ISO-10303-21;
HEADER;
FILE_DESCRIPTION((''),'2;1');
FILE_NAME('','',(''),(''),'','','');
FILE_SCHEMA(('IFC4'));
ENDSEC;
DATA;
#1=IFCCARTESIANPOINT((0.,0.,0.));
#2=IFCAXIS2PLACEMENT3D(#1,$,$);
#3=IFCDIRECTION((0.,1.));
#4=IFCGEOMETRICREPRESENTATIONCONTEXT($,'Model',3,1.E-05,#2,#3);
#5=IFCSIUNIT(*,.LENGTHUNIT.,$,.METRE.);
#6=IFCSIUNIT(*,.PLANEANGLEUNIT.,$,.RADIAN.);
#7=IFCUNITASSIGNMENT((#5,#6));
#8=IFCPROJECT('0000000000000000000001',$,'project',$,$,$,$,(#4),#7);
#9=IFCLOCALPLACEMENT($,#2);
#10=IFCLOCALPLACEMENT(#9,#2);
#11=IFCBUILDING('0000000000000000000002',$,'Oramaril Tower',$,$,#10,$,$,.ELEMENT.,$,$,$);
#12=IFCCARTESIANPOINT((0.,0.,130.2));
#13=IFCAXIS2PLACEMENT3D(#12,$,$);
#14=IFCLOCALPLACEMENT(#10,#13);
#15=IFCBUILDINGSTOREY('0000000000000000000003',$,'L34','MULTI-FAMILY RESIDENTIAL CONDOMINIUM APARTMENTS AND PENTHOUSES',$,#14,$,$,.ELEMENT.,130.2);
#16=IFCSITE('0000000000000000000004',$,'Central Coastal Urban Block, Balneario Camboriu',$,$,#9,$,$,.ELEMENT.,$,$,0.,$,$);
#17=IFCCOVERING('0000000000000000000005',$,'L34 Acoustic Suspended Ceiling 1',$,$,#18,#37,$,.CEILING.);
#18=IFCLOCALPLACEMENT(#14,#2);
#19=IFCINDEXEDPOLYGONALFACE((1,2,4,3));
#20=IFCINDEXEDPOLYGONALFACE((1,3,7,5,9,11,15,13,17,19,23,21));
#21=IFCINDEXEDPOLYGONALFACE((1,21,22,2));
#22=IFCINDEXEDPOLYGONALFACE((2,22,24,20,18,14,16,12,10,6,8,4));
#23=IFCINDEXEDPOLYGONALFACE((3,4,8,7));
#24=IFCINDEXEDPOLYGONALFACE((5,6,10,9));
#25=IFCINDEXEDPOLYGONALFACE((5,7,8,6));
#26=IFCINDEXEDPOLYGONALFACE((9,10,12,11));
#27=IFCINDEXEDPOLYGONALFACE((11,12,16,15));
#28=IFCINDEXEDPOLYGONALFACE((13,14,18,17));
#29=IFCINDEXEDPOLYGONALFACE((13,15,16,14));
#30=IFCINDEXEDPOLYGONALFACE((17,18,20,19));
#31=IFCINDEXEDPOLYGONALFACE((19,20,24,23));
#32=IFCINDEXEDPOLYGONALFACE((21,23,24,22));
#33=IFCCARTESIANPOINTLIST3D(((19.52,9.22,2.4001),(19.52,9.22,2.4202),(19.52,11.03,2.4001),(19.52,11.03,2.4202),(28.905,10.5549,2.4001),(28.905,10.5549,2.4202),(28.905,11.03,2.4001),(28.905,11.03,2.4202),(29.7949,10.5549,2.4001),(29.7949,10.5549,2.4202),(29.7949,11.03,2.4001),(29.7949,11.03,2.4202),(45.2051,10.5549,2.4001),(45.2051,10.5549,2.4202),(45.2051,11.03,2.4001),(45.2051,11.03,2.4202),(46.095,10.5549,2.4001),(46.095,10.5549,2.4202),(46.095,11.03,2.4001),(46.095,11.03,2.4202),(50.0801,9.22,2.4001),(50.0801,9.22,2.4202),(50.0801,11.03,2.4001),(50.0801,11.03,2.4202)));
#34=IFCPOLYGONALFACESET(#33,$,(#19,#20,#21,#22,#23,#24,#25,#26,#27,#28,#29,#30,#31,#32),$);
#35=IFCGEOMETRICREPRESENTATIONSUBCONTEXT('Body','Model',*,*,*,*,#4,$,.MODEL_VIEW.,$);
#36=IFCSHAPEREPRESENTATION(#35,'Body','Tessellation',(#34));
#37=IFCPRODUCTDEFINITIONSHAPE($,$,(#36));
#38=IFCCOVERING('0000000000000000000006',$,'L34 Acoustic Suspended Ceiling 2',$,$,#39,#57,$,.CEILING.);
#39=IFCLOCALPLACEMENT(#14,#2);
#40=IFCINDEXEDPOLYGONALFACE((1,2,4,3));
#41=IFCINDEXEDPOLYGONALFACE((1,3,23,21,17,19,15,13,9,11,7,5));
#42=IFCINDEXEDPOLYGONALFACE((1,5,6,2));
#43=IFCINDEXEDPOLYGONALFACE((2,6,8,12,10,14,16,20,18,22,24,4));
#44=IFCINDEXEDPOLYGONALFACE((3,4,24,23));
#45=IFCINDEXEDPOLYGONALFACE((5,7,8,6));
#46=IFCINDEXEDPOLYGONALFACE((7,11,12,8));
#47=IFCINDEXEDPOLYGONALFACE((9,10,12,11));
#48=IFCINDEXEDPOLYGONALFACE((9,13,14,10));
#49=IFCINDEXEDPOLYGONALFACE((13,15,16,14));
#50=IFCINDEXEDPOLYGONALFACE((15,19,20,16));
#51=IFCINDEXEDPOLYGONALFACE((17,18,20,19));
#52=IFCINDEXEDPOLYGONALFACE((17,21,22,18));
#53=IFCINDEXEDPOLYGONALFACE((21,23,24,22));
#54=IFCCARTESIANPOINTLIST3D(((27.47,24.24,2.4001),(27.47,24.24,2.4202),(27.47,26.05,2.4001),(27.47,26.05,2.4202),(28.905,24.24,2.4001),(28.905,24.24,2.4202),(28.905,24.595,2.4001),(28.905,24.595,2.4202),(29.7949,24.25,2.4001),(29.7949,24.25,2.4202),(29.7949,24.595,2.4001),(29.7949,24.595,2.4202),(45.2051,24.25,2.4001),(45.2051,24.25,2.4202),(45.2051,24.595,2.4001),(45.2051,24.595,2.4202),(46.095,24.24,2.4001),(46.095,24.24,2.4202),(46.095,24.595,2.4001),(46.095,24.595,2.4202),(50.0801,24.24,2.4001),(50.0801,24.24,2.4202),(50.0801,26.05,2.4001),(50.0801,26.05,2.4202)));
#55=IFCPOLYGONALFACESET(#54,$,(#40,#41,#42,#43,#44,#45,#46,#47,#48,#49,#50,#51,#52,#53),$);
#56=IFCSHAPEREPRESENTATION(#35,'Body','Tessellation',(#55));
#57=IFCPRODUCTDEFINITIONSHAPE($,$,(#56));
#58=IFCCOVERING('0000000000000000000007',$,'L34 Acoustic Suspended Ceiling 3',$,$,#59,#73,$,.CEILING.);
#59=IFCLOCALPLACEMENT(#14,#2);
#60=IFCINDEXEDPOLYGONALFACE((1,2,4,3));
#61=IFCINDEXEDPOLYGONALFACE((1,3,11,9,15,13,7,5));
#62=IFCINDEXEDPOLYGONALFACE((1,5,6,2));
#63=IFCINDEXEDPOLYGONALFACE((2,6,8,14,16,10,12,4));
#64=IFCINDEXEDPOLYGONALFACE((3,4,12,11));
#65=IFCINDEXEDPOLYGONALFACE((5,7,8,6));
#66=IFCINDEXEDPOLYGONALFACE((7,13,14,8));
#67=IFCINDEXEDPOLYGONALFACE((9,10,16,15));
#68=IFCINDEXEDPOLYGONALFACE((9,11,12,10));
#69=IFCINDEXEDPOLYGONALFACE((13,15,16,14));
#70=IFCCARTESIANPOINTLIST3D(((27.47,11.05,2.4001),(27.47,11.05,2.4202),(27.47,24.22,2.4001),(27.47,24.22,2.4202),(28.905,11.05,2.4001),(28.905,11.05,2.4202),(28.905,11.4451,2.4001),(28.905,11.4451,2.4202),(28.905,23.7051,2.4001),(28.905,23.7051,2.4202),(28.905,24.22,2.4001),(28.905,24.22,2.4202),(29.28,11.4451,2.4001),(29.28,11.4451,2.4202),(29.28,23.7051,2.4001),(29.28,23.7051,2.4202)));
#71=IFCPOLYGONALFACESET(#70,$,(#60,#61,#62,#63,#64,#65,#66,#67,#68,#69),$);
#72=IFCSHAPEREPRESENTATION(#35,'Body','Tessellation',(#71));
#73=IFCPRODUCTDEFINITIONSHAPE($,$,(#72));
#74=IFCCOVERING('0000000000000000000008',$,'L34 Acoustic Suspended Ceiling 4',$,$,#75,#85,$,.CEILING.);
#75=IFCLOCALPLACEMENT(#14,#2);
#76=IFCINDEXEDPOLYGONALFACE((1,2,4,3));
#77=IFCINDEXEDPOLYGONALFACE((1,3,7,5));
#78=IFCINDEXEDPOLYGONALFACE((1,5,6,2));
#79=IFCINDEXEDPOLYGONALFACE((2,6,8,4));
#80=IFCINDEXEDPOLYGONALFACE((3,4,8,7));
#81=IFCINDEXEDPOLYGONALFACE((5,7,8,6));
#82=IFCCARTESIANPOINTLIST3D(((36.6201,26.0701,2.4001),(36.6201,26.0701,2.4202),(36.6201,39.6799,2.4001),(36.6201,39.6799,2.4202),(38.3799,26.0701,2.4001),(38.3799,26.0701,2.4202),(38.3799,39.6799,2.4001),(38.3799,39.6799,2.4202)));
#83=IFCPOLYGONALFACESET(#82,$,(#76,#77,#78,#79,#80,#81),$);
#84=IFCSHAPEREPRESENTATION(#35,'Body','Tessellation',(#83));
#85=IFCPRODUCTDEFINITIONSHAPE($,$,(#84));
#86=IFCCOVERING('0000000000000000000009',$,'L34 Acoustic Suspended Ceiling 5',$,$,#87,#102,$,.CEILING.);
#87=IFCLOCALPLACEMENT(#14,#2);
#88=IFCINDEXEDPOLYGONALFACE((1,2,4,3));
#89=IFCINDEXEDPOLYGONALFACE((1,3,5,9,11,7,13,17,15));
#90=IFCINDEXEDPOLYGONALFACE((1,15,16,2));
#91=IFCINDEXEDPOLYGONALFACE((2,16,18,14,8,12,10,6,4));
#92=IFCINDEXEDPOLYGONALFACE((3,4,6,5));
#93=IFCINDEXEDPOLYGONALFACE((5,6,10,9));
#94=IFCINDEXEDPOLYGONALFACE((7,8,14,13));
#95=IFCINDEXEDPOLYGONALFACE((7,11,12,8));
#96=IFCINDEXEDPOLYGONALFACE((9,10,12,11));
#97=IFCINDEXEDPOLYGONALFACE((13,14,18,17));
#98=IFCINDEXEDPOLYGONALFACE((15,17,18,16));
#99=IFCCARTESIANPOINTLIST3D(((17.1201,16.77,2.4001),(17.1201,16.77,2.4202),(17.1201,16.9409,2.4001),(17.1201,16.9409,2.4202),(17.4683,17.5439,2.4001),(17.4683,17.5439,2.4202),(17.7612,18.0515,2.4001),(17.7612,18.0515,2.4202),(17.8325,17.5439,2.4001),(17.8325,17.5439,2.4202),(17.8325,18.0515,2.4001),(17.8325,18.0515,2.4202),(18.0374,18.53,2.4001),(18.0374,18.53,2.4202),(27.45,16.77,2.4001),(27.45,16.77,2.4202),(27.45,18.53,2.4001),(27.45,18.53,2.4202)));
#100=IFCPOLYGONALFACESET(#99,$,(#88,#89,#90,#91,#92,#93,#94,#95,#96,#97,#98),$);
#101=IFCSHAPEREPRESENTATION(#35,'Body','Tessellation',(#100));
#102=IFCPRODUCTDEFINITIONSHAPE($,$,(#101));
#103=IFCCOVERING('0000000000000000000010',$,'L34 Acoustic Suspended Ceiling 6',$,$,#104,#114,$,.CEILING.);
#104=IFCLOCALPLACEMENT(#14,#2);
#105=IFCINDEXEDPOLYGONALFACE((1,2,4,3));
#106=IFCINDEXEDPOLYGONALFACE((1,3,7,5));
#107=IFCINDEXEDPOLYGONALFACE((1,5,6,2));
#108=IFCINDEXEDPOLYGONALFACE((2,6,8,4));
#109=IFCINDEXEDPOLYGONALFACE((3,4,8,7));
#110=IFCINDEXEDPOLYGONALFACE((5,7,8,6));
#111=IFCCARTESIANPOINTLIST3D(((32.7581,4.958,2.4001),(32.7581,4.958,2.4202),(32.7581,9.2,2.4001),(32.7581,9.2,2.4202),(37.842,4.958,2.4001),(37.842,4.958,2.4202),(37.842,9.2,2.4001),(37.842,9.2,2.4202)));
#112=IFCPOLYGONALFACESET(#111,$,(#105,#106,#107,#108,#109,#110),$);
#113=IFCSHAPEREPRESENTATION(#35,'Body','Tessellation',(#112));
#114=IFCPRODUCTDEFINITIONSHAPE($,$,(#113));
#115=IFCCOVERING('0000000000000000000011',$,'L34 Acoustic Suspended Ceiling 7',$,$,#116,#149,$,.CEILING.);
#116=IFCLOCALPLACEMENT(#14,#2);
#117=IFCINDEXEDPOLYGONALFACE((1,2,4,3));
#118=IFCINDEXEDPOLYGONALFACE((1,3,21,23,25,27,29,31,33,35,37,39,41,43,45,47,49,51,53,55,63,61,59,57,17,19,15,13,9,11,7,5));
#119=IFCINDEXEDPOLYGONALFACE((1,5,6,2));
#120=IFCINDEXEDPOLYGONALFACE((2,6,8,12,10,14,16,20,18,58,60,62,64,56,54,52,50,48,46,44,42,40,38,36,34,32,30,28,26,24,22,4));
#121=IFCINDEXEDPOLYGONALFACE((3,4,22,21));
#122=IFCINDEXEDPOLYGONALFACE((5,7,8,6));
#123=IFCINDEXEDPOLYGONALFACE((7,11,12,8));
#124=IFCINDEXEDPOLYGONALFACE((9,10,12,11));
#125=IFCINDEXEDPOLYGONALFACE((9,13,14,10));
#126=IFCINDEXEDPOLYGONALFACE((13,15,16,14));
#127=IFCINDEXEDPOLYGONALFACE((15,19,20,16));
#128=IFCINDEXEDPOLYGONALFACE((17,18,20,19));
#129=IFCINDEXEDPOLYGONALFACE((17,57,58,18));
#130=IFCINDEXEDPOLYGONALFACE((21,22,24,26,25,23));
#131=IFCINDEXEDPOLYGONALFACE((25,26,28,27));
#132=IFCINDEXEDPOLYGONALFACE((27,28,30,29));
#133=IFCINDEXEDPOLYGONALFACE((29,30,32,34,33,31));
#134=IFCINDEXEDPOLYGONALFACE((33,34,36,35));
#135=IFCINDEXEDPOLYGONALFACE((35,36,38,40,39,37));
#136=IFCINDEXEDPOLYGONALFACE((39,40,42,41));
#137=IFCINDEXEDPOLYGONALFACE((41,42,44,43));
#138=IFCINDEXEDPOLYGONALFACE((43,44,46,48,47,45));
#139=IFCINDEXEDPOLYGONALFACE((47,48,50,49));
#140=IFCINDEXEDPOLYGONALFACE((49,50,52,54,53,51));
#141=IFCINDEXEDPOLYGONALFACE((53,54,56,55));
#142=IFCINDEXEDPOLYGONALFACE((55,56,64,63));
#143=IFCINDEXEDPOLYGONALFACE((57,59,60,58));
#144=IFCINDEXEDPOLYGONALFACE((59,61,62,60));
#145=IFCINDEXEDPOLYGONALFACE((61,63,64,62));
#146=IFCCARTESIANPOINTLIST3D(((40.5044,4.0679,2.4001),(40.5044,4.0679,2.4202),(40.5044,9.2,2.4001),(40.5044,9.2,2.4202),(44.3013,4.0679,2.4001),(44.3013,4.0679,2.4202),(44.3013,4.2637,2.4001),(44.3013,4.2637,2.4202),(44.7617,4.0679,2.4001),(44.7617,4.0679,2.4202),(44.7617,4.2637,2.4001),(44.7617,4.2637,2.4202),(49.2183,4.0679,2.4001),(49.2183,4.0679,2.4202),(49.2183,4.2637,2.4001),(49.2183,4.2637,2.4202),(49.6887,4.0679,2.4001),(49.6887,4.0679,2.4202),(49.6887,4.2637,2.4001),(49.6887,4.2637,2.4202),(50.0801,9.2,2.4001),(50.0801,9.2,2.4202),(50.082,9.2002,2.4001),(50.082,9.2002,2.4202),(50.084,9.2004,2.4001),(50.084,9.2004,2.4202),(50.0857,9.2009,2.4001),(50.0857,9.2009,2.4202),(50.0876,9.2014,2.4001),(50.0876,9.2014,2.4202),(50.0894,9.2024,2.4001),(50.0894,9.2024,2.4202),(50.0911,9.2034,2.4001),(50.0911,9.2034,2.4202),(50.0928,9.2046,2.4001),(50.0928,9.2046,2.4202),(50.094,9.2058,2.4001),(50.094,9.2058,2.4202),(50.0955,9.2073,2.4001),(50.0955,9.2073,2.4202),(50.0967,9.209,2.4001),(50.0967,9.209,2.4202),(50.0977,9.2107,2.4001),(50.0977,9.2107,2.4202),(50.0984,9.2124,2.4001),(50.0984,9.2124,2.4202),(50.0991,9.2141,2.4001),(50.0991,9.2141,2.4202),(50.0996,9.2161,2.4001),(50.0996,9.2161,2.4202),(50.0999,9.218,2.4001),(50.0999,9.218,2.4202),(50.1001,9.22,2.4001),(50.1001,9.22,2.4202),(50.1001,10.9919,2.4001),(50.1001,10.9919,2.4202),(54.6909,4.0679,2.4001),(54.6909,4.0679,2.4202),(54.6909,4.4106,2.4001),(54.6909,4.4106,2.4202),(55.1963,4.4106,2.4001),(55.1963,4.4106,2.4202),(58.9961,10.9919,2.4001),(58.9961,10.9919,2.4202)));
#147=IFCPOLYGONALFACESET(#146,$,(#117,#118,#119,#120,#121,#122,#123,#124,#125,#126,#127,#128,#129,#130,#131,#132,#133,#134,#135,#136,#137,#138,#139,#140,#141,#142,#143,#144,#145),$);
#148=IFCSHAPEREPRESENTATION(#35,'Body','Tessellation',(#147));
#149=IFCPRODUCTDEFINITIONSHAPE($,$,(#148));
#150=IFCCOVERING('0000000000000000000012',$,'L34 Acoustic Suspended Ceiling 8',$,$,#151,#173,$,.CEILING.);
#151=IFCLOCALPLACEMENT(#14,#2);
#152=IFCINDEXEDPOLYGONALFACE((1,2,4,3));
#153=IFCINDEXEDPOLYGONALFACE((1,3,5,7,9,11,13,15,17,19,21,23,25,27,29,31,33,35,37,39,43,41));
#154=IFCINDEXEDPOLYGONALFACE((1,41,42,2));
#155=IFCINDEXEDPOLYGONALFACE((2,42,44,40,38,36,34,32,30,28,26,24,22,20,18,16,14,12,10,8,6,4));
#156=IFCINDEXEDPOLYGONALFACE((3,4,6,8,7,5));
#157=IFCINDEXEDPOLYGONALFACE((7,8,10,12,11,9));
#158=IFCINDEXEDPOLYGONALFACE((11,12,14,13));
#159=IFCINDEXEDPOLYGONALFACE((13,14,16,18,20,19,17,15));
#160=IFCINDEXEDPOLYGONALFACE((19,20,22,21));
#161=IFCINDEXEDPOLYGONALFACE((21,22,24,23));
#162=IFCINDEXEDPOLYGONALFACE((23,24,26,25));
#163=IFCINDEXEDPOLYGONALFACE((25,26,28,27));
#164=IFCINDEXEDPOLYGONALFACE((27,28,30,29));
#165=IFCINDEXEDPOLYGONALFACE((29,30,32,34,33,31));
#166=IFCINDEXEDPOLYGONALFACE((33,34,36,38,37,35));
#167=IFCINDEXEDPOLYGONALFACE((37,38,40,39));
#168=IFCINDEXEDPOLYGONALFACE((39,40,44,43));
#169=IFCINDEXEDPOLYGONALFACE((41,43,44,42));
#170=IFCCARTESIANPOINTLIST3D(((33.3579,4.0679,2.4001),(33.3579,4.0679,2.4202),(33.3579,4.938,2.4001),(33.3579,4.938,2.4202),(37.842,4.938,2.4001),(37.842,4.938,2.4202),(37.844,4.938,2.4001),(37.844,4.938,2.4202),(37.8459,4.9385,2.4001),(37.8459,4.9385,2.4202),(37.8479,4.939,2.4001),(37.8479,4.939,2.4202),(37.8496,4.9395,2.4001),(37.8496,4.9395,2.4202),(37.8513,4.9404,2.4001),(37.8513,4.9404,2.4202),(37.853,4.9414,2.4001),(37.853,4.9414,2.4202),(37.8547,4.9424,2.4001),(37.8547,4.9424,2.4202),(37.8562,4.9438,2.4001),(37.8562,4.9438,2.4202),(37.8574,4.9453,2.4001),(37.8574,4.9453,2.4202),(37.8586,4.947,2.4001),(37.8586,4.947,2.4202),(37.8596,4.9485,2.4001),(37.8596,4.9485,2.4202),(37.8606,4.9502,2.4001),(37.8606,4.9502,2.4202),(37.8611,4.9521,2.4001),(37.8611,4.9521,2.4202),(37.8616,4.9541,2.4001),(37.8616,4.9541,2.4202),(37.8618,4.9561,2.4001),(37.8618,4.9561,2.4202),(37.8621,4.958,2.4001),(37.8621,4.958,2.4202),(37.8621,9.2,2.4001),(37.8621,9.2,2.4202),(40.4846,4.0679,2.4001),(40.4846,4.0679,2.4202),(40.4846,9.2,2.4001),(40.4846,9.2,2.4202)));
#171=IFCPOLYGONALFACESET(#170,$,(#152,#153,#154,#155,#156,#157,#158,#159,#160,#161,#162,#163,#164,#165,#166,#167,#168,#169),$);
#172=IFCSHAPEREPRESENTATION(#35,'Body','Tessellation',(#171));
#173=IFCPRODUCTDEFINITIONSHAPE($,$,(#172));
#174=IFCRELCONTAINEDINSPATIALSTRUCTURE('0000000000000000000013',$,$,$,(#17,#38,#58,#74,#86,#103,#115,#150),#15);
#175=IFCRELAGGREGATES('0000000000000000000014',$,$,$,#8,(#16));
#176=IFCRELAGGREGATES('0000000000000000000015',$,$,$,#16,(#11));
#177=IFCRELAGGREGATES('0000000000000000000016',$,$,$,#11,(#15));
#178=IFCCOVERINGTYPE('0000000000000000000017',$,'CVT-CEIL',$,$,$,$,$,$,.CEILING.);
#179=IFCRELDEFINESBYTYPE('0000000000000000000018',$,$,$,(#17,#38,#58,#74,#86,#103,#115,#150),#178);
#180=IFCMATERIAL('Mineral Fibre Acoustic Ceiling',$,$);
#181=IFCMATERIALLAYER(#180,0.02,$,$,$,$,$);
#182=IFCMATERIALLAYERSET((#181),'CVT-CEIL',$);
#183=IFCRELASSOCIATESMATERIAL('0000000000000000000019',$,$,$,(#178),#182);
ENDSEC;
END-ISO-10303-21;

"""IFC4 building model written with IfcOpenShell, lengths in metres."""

from ifc_helpers import new_model, si_unit, direction, frame, origin, place, context, subcontext, project, spatial, polyline, outline, extrude, material, layer, layer_set, type_object, element, save


model = new_model("IFC4")

# Units and contexts
model_context = context("Model", 3, precision=1e-05, world=origin(), true_north=direction((0.0, 1.0)))
body_context = subcontext(model_context, "Body", "Model", "MODEL_VIEW")
ifc_project = project(units=[si_unit("LENGTHUNIT", "METRE"), si_unit("PLANEANGLEUNIT", "RADIAN")], contexts=[model_context])

# Site, building, storey
site_placement = place(None, origin())
site = spatial("IfcSite", under=ifc_project, at=site_placement, Name="Central Coastal Urban Block, Balneario Camboriu", CompositionType="ELEMENT", RefElevation=0.0)
building_placement = place(site_placement, origin())
building = spatial("IfcBuilding", under=site, at=building_placement, Name="Oramaril Tower", CompositionType="ELEMENT")
storey_placement = place(building_placement, frame((0.0, 0.0, 130.2)))
storey = spatial("IfcBuildingStorey", under=building, at=storey_placement, Name="L34", Description="MULTI-FAMILY RESIDENTIAL CONDOMINIUM APARTMENTS AND PENTHOUSES", CompositionType="ELEMENT", Elevation=130.2)

# Coverings
ifc_material_1 = material(Name="Mineral Fibre Acoustic Ceiling")
ifc_layer_1 = layer(ifc_material_1, 0.02)
ifc_layer_set_1 = layer_set([ifc_layer_1], Name="CVT-CEIL")
covering_type_1 = type_object("IfcCoveringType", Name="CVT-CEIL", PredefinedType="CEILING", material=ifc_layer_set_1)
covering_1_placement = place(storey_placement, frame((0.0, 0.0, 2.4001)))
element("IfcCovering", 1, at=covering_1_placement, inside=storey, type_object=covering_type_1, Name="L34 Acoustic Suspended Ceiling 1", PredefinedType="CEILING", context=body_context, shape_type="SweptSolid", body=[
    extrude(outline(polyline([(28.905, 10.5549), (29.7949, 10.5549), (29.7949, 11.03), (45.2051, 11.03), (45.2051, 10.5549), (46.095, 10.5549), (46.095, 11.03), (50.0801, 11.03), (50.0801, 9.22), (19.52, 9.22), (19.52, 11.03), (28.905, 11.03), (28.905, 10.5549)])), origin(), (0.0, 0.0, 1.0), 0.02),
])
covering_2_placement = place(storey_placement, frame((0.0, 0.0, 2.4001)))
element("IfcCovering", 2, at=covering_2_placement, inside=storey, type_object=covering_type_1, Name="L34 Acoustic Suspended Ceiling 2", PredefinedType="CEILING", context=body_context, shape_type="SweptSolid", body=[
    extrude(outline(polyline([(50.0801, 24.24), (46.095, 24.24), (46.095, 24.595), (45.2051, 24.595), (45.2051, 24.25), (29.7949, 24.25), (29.7949, 24.595), (28.905, 24.595), (28.905, 24.24), (27.47, 24.24), (27.47, 26.05), (50.0801, 26.05), (50.0801, 24.24)])), origin(), (0.0, 0.0, 1.0), 0.02),
])
covering_3_placement = place(storey_placement, frame((0.0, 0.0, 2.4001)))
element("IfcCovering", 3, at=covering_3_placement, inside=storey, type_object=covering_type_1, Name="L34 Acoustic Suspended Ceiling 3", PredefinedType="CEILING", context=body_context, shape_type="SweptSolid", body=[
    extrude(outline(polyline([(28.905, 23.7051), (29.28, 23.7051), (29.28, 11.4451), (28.905, 11.4451), (28.905, 11.05), (27.47, 11.05), (27.47, 24.22), (28.905, 24.22), (28.905, 23.7051)])), origin(), (0.0, 0.0, 1.0), 0.02),
])
covering_4_placement = place(storey_placement, frame((0.0, 0.0, 2.4001)))
element("IfcCovering", 4, at=covering_4_placement, inside=storey, type_object=covering_type_1, Name="L34 Acoustic Suspended Ceiling 4", PredefinedType="CEILING", context=body_context, shape_type="SweptSolid", body=[
    extrude(outline(polyline([(38.3799, 26.0701), (36.6201, 26.0701), (36.6201, 39.6799), (38.3799, 39.6799), (38.3799, 26.0701)])), origin(), (0.0, 0.0, 1.0), 0.02),
])
covering_5_placement = place(storey_placement, frame((0.0, 0.0, 2.4001)))
element("IfcCovering", 5, at=covering_5_placement, inside=storey, type_object=covering_type_1, Name="L34 Acoustic Suspended Ceiling 5", PredefinedType="CEILING", context=body_context, shape_type="SweptSolid", body=[
    extrude(outline(polyline([(17.1201, 16.77), (17.1201, 16.9409), (17.4683, 17.5439), (17.8325, 17.5439), (17.8325, 18.0515), (17.7612, 18.0515), (18.0374, 18.53), (27.45, 18.53), (27.45, 16.77), (17.1201, 16.77)])), origin(), (0.0, 0.0, 1.0), 0.02),
])
covering_6_placement = place(storey_placement, frame((0.0, 0.0, 2.4001)))
element("IfcCovering", 6, at=covering_6_placement, inside=storey, type_object=covering_type_1, Name="L34 Acoustic Suspended Ceiling 6", PredefinedType="CEILING", context=body_context, shape_type="SweptSolid", body=[
    extrude(outline(polyline([(32.7581, 4.958), (32.7581, 9.2), (37.842, 9.2), (37.842, 4.958), (32.7581, 4.958)])), origin(), (0.0, 0.0, 1.0), 0.02),
])
covering_7_placement = place(storey_placement, frame((0.0, 0.0, 2.4001)))
element("IfcCovering", 7, at=covering_7_placement, inside=storey, type_object=covering_type_1, Name="L34 Acoustic Suspended Ceiling 7", PredefinedType="CEILING", context=body_context, shape_type="SweptSolid", body=[
    extrude(outline(polyline([(55.1963, 4.4106), (54.6909, 4.4106), (54.6909, 4.0679), (49.6887, 4.0679), (49.6887, 4.2637), (49.2183, 4.2637), (49.2183, 4.0679), (44.7617, 4.0679), (44.7617, 4.2637), (44.3013, 4.2637), (44.3013, 4.0679), (40.5044, 4.0679), (40.5044, 9.2), (50.0801, 9.2), (50.082, 9.2002), (50.084, 9.2004), (50.0857, 9.2009), (50.0876, 9.2014), (50.0894, 9.2024), (50.0911, 9.2034), (50.0928, 9.2046), (50.094, 9.2058), (50.0955, 9.2073), (50.0967, 9.209), (50.0977, 9.2107), (50.0984, 9.2124), (50.0991, 9.2141), (50.0996, 9.2161), (50.0999, 9.218), (50.1001, 9.22), (50.1001, 10.9919), (58.9961, 10.9919), (55.1963, 4.4106)])), origin(), (0.0, 0.0, 1.0), 0.02),
])
covering_8_placement = place(storey_placement, frame((0.0, 0.0, 2.4001)))
element("IfcCovering", 8, at=covering_8_placement, inside=storey, type_object=covering_type_1, Name="L34 Acoustic Suspended Ceiling 8", PredefinedType="CEILING", context=body_context, shape_type="SweptSolid", body=[
    extrude(outline(polyline([(33.3579, 4.0679), (33.3579, 4.938), (37.842, 4.938), (37.844, 4.938), (37.8459, 4.9385), (37.8479, 4.939), (37.8496, 4.9395), (37.8513, 4.9404), (37.853, 4.9414), (37.8547, 4.9424), (37.8562, 4.9438), (37.8574, 4.9453), (37.8586, 4.947), (37.8596, 4.9485), (37.8606, 4.9502), (37.8611, 4.9521), (37.8616, 4.9541), (37.8618, 4.9561), (37.8621, 4.958), (37.8621, 9.2), (40.4846, 9.2), (40.4846, 4.0679), (33.3579, 4.0679)])), origin(), (0.0, 0.0, 1.0), 0.02),
])

save(model, "model.ifc")
